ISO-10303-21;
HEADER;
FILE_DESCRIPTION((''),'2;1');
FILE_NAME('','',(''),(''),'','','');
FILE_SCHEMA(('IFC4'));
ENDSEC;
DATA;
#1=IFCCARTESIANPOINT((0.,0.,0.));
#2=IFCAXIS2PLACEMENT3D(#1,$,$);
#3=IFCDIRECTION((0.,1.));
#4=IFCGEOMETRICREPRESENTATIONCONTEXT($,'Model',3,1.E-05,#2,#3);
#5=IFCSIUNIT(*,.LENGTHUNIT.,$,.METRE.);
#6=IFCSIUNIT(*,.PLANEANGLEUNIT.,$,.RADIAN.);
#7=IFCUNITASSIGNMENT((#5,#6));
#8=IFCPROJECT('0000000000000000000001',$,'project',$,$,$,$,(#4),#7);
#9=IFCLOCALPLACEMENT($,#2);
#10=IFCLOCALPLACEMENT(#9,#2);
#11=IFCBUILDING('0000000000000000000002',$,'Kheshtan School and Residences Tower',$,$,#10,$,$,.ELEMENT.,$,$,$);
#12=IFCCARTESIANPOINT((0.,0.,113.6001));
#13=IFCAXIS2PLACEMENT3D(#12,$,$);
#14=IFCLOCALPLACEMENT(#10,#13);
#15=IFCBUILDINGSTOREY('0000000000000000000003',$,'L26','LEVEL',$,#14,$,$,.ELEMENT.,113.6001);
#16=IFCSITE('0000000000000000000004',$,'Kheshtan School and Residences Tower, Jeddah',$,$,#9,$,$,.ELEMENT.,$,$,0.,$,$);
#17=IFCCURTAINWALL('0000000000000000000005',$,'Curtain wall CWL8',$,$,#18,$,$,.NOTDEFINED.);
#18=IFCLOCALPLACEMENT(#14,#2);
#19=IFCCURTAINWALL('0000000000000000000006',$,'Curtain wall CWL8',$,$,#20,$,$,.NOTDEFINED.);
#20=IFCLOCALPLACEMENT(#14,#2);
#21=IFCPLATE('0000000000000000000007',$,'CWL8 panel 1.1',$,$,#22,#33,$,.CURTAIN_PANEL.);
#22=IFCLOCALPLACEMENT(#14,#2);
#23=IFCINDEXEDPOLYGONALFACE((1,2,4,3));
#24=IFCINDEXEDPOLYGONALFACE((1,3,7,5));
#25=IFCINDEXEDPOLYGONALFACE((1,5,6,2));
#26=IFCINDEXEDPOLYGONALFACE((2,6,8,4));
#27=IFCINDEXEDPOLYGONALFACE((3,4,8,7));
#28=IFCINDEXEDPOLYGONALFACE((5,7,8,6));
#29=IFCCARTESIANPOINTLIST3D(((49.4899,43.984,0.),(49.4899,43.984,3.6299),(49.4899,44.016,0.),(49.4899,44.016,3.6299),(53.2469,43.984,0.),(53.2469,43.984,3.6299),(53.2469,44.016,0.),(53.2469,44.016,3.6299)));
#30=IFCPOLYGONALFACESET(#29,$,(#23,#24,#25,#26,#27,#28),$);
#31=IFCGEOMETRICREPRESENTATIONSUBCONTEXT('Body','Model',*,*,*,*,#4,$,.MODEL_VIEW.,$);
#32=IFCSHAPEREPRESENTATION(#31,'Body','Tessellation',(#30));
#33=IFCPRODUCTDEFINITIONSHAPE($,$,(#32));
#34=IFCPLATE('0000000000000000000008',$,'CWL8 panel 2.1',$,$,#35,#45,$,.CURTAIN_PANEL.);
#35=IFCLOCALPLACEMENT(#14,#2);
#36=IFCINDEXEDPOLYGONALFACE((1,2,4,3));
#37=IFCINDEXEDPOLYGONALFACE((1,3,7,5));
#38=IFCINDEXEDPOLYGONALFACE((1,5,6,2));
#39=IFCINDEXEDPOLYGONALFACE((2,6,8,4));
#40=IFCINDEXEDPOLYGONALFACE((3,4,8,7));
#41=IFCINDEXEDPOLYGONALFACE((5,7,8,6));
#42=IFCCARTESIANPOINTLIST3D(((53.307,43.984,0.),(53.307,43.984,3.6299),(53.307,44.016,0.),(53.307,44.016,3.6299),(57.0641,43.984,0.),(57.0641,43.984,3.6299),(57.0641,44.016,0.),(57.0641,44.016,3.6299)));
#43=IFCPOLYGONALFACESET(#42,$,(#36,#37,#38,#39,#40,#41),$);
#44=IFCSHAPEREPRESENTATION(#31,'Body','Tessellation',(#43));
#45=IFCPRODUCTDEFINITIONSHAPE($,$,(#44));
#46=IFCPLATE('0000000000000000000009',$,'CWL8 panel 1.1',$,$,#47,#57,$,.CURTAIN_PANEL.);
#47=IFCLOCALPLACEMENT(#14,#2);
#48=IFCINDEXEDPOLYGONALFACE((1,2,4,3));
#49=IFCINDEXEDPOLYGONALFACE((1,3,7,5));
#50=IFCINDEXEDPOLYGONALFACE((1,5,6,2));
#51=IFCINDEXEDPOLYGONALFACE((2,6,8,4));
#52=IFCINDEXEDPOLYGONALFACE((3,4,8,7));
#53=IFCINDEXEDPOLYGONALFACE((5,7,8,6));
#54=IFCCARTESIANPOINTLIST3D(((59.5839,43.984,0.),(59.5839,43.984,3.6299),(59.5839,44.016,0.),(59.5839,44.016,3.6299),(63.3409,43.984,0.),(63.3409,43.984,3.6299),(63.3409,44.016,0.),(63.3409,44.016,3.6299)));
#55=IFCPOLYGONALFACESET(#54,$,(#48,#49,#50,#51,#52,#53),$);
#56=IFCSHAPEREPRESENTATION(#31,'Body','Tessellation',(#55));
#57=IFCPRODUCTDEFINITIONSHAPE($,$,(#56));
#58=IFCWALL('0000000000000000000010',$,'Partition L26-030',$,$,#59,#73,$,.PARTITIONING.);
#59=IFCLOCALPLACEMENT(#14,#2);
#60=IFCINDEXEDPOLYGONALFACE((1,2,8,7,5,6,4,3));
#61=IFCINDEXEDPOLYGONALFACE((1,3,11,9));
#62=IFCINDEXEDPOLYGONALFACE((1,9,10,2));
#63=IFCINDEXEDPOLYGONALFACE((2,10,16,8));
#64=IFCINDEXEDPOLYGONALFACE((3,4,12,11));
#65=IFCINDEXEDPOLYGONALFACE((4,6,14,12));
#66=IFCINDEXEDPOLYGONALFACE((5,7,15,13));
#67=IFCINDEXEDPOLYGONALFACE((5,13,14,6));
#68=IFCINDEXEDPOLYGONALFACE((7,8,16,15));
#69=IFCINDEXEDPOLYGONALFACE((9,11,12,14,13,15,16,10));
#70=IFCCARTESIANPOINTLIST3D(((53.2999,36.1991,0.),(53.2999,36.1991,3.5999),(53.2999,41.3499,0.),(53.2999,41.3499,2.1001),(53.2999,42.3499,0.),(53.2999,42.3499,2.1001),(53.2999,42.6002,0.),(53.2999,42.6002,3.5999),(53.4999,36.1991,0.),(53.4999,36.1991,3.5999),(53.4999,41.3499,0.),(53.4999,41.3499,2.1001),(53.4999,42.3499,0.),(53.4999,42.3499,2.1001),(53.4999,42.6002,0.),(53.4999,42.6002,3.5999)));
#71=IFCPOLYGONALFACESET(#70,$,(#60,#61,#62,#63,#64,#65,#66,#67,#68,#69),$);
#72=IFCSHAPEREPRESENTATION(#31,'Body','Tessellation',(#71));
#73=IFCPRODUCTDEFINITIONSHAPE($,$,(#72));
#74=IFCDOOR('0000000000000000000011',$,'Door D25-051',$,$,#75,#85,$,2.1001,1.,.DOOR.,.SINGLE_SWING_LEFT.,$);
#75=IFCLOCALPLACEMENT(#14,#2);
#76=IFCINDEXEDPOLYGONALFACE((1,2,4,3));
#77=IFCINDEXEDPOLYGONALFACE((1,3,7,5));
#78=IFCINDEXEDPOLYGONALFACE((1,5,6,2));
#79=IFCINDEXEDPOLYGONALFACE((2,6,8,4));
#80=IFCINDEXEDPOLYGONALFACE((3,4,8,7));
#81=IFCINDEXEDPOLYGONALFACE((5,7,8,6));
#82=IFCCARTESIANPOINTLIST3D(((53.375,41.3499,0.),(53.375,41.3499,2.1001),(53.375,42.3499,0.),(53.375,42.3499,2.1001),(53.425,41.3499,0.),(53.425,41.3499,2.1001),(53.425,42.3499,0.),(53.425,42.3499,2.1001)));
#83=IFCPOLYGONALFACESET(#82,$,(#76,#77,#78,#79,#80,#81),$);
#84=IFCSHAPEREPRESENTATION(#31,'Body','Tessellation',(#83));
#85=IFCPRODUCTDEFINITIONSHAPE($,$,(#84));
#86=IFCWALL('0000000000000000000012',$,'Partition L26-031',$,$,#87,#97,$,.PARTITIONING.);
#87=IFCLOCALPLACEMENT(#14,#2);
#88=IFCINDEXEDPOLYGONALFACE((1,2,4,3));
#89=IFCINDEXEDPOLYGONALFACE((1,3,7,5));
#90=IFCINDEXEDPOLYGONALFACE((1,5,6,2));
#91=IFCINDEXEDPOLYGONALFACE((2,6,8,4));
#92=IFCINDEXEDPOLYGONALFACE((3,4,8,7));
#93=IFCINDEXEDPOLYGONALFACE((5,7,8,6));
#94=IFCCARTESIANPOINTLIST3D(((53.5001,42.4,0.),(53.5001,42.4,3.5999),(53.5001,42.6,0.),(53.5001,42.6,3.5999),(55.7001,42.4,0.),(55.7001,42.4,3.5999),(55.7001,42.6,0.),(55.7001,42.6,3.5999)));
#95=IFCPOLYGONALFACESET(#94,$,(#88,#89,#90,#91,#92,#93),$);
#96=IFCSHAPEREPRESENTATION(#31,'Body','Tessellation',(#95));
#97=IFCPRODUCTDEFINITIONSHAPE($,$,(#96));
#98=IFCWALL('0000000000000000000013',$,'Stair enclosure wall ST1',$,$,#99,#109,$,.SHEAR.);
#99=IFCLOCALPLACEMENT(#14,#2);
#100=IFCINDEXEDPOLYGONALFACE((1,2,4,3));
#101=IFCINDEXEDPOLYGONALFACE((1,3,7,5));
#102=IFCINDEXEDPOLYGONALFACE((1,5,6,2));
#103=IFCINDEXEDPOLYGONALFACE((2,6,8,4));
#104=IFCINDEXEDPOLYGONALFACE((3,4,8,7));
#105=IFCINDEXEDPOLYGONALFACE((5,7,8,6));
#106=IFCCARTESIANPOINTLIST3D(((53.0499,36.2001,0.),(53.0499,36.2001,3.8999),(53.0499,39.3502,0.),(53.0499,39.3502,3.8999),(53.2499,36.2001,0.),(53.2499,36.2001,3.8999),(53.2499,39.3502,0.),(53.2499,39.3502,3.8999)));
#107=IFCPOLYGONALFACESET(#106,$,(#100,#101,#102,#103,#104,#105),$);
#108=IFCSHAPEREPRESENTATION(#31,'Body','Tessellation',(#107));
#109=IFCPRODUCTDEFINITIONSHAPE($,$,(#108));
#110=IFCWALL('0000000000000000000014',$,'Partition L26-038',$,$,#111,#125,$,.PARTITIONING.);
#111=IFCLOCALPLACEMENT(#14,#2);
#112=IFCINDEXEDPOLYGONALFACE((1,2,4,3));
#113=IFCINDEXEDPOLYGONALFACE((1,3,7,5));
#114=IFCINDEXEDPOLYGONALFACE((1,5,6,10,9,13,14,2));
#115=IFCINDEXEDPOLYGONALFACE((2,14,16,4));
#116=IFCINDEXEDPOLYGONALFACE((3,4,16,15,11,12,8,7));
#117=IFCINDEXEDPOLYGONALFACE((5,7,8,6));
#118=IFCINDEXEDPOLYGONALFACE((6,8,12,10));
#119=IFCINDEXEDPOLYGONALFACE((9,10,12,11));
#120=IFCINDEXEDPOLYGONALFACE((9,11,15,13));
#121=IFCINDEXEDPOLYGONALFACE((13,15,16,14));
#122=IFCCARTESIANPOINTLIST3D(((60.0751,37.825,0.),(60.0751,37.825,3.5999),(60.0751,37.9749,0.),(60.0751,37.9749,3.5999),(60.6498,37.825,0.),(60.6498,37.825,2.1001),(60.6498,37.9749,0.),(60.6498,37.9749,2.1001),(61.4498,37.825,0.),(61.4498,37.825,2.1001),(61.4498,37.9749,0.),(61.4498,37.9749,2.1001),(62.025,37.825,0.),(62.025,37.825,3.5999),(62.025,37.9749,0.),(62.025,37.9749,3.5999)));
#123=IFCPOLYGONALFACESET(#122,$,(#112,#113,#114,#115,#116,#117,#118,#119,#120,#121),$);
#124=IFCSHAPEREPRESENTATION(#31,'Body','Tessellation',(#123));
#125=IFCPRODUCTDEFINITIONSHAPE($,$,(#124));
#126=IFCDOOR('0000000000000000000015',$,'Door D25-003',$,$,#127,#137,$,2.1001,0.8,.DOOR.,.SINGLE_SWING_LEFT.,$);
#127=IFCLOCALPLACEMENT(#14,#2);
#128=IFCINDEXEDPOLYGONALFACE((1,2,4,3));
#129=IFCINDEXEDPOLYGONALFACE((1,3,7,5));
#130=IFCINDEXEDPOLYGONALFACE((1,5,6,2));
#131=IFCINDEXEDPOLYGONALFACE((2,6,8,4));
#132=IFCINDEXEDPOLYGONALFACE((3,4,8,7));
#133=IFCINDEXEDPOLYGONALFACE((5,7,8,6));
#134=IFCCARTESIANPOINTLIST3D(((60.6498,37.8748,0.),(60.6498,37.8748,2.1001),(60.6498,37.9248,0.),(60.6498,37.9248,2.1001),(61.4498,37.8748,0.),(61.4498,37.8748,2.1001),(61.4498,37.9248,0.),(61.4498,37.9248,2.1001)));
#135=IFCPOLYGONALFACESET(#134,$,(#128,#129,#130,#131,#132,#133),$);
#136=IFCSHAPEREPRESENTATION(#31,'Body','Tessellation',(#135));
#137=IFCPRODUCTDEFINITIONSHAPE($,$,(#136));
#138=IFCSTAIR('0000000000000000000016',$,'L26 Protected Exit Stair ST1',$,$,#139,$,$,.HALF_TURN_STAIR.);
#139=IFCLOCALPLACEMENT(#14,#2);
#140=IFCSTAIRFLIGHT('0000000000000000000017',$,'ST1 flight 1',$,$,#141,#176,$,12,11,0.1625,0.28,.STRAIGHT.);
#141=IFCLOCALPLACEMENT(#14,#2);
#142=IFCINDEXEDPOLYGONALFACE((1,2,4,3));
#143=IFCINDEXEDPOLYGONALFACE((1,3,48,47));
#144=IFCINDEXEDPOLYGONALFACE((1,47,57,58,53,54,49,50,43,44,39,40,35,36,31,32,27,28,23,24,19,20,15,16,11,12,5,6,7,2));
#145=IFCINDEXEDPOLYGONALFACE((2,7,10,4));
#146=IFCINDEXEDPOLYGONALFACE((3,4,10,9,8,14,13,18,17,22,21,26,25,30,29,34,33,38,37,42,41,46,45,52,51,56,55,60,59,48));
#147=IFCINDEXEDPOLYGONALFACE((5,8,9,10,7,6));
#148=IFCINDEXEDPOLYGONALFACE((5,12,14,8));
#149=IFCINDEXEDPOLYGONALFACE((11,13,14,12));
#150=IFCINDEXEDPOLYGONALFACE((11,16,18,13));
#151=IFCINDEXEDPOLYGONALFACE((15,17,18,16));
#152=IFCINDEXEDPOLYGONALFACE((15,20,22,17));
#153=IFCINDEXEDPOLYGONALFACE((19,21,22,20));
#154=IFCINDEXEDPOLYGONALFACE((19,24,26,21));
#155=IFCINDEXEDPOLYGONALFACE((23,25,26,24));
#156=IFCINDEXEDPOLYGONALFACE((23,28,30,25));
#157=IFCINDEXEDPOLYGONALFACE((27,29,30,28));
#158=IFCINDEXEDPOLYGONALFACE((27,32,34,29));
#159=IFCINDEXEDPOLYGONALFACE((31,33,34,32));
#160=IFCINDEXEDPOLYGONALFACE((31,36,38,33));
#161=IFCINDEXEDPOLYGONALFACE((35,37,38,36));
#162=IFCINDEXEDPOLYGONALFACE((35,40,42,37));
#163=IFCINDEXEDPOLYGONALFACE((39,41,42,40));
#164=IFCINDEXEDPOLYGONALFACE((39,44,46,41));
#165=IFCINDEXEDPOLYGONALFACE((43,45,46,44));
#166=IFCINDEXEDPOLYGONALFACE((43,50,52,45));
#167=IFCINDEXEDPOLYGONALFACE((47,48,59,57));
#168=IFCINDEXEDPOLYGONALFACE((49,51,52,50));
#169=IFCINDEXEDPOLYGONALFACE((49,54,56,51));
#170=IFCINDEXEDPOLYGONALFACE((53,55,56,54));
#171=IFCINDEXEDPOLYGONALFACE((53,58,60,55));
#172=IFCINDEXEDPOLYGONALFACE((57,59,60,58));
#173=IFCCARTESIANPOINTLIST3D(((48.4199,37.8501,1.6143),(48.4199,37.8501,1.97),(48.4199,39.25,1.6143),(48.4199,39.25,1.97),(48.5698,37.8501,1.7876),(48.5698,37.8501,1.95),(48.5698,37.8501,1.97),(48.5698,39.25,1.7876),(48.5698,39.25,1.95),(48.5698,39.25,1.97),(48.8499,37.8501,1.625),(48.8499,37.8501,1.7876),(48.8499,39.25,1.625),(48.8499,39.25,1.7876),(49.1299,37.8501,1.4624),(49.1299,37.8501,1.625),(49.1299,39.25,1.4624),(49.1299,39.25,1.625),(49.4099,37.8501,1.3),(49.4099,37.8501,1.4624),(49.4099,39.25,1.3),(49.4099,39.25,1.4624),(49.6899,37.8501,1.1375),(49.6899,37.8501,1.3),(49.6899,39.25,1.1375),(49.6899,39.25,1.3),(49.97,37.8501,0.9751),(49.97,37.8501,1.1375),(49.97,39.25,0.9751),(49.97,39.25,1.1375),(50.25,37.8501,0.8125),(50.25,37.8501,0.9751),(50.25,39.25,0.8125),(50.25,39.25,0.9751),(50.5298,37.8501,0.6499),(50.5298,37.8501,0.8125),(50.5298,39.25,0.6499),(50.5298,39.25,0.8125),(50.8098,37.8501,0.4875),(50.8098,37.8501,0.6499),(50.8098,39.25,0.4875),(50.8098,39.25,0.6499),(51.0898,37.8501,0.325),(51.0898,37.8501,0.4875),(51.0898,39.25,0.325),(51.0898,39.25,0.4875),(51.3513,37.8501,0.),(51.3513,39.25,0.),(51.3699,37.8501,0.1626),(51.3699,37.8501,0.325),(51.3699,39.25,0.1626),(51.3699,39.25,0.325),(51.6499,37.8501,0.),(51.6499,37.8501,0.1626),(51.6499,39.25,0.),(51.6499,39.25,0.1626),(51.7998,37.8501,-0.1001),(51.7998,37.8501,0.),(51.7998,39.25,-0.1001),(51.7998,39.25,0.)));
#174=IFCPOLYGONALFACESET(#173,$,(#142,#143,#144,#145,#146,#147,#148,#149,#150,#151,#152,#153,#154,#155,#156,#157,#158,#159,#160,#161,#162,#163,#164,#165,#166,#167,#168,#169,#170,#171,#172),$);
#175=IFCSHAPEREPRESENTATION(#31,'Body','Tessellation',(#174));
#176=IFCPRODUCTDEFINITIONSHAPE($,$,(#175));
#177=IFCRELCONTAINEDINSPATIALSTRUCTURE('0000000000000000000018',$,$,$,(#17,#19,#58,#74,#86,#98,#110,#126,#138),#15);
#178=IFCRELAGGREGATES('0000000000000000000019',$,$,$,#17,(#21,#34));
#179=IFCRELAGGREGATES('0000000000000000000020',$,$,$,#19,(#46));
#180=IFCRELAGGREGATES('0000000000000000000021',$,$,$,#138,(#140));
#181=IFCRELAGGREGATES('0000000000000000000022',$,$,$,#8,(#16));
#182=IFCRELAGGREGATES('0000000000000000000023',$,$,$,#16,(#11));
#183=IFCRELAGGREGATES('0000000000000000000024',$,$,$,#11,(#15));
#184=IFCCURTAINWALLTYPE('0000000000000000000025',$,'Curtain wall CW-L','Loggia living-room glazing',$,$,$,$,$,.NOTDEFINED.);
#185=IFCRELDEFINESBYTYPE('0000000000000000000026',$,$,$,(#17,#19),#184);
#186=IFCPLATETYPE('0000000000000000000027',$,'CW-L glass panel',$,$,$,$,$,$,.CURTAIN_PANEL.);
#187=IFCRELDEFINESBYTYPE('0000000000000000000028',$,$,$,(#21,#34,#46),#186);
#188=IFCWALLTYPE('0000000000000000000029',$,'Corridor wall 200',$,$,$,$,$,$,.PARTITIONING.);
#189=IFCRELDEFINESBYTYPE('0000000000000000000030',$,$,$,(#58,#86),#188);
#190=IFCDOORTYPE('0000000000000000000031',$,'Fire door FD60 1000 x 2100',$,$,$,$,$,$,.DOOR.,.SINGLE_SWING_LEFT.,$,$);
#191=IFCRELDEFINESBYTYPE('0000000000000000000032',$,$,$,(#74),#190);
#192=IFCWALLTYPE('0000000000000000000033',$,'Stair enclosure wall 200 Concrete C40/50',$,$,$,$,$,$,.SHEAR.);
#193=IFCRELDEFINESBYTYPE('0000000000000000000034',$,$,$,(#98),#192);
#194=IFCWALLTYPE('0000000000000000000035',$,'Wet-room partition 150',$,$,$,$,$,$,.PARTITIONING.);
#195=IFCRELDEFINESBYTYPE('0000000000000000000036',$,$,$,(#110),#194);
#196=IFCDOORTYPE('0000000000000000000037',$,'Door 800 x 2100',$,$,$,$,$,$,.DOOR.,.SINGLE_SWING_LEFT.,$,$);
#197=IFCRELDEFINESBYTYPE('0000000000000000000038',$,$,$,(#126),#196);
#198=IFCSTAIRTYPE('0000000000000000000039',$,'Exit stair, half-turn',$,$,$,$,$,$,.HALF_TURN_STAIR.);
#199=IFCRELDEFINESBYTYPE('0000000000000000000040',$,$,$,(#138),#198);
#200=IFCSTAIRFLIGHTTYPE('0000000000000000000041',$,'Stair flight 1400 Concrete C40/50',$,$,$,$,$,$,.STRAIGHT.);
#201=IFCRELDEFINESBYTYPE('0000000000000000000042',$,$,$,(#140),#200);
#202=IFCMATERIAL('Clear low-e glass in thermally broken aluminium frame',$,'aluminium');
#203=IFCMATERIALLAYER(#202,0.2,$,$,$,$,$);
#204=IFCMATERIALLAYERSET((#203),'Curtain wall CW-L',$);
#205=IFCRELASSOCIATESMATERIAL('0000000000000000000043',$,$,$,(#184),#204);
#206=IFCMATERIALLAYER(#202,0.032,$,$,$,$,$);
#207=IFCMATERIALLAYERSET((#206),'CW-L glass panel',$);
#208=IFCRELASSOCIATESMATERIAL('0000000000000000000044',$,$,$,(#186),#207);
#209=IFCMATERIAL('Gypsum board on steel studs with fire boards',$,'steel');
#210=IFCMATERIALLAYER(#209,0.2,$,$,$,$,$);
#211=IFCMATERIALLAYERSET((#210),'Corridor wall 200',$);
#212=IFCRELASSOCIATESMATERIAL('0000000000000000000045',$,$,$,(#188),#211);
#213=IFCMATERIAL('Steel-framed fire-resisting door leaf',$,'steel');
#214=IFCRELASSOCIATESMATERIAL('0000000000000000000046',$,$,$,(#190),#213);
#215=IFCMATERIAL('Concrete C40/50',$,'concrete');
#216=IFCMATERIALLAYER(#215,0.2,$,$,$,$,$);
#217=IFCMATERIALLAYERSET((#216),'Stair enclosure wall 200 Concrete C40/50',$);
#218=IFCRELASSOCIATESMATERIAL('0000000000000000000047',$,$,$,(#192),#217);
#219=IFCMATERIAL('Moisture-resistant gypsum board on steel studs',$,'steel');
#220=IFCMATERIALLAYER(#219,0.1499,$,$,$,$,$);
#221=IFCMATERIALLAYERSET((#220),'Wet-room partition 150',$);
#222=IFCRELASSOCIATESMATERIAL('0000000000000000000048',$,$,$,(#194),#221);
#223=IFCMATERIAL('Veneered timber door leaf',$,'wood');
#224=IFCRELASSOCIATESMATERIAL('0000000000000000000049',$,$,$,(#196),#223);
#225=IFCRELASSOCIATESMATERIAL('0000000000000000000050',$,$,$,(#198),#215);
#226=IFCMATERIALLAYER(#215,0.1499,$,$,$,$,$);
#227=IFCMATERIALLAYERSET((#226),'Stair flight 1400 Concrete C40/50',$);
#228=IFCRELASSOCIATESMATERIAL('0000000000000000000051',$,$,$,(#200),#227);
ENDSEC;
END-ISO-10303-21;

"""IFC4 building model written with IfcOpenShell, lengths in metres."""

from ifc_helpers import new_model, si_unit, direction, frame, frame_2d, origin, origin_2d, place, context, subcontext, project, spatial, polyline, rectangle, outline, extrude, source, transform, mapped, material, layer, layer_set, type_object, element, fill, aggregate, save


model = new_model("IFC4")

# Units and contexts
model_context = context("Model", 3, precision=1e-05, world=origin(), true_north=direction((0.0, 1.0)))
body_context = subcontext(model_context, "Body", "Model", "MODEL_VIEW")
ifc_project = project(units=[si_unit("LENGTHUNIT", "METRE"), si_unit("PLANEANGLEUNIT", "RADIAN")], contexts=[model_context])

# Site, building, storey
site_placement = place(None, origin())
site = spatial("IfcSite", under=ifc_project, at=site_placement, Name="Kheshtan School and Residences Tower, Jeddah", CompositionType="ELEMENT", RefElevation=0.0)
building_placement = place(site_placement, origin())
building = spatial("IfcBuilding", under=site, at=building_placement, Name="Kheshtan School and Residences Tower", CompositionType="ELEMENT")
storey_placement = place(building_placement, frame((0.0, 0.0, 113.6001)))
storey = spatial("IfcBuildingStorey", under=building, at=storey_placement, Name="L26", Description="LEVEL", CompositionType="ELEMENT", Elevation=113.6001)

# Curtain walls
ifc_material_1 = material(Name="Clear low-e glass in thermally broken aluminium frame", Category="aluminium")
ifc_layer_1 = layer(ifc_material_1, 0.2)
ifc_layer_set_1 = layer_set([ifc_layer_1], Name="Curtain wall CW-L")
curtain_wall_type = type_object("IfcCurtainWallType", Name="Curtain wall CW-L", Description="Loggia living-room glazing", PredefinedType="NOTDEFINED", material=ifc_layer_set_1)
curtain_wall_1_placement = place(storey_placement, origin())
curtain_wall_1 = element("IfcCurtainWall", 1, at=curtain_wall_1_placement, inside=storey, type_object=curtain_wall_type, Name="Curtain wall CWL8", PredefinedType="NOTDEFINED")
curtain_wall_2_placement = place(storey_placement, origin())
curtain_wall_2 = element("IfcCurtainWall", 2, at=curtain_wall_2_placement, inside=storey, type_object=curtain_wall_type, Name="Curtain wall CWL8", PredefinedType="NOTDEFINED")

# Plates
ifc_layer_2 = layer(ifc_material_1, 0.032)
ifc_layer_set_2 = layer_set([ifc_layer_2], Name="CW-L glass panel")
plate_type = type_object("IfcPlateType", Name="CW-L glass panel", PredefinedType="CURTAIN_PANEL", material=ifc_layer_set_2)
plate_1_placement = place(storey_placement, frame((51.3684, 44.0, 0.0), z_axis=(0.0, 0.0, 1.0), x_axis=(1.0, 0.0, 0.0)))
plate_1 = element("IfcPlate", 3, at=plate_1_placement, type_object=plate_type, Name="CWL8 panel 1.1", PredefinedType="CURTAIN_PANEL", context=body_context, shape_type="SweptSolid", body=[
    extrude(rectangle(XDim=3.7571, YDim=0.032, at=origin_2d()), origin(), (0.0, 0.0, 1.0), 3.6299),
])
plate_2_placement = place(storey_placement, frame((55.1855, 44.0, 0.0), z_axis=(0.0, 0.0, 1.0), x_axis=(1.0, 0.0, 0.0)))
plate_2 = element("IfcPlate", 4, at=plate_2_placement, type_object=plate_type, Name="CWL8 panel 2.1", PredefinedType="CURTAIN_PANEL", context=body_context, shape_type="SweptSolid", body=[
    extrude(rectangle(XDim=3.7571, YDim=0.032, at=origin_2d()), origin(), (0.0, 0.0, 1.0), 3.6299),
])
aggregate(curtain_wall_1, [plate_1, plate_2])
plate_3_placement = place(storey_placement, frame((61.4624, 44.0, 0.0), z_axis=(0.0, 0.0, 1.0), x_axis=(1.0, 0.0, 0.0)))
plate_3 = element("IfcPlate", 5, at=plate_3_placement, type_object=plate_type, Name="CWL8 panel 1.1", PredefinedType="CURTAIN_PANEL", context=body_context, shape_type="SweptSolid", body=[
    extrude(rectangle(XDim=3.7571, YDim=0.032, at=origin_2d()), origin(), (0.0, 0.0, 1.0), 3.6299),
])
aggregate(curtain_wall_2, [plate_3])

# Wall, opening, door
ifc_material_2 = material(Name="Gypsum board on steel studs with fire boards", Category="steel")
ifc_layer_3 = layer(ifc_material_2, 0.2)
ifc_layer_set_3 = layer_set([ifc_layer_3], Name="Corridor wall 200")
wall_type_1 = type_object("IfcWallType", Name="Corridor wall 200", PredefinedType="PARTITIONING", material=ifc_layer_set_3)
wall_1_placement = place(storey_placement, frame((53.3999, 36.199, 0.0), z_axis=(0.0, 0.0, 1.0), x_axis=(0.0, 1.0, 0.0)))
wall_1 = element("IfcWall", 6, at=wall_1_placement, inside=storey, type_object=wall_type_1, Name="Partition L26-030", PredefinedType="PARTITIONING", context=body_context, shape_type="SweptSolid", body=[
    extrude(rectangle(XDim=6.4011, YDim=0.2, at=frame_2d((3.2007, 0.0))), origin(), (0.0, 0.0, 1.0), 3.5999),
])
opening_1_placement = place(wall_1_placement, frame((5.1509, 0.0, 0.0)))
opening_1 = element("IfcOpeningElement", 7, at=opening_1_placement, cuts=wall_1, PredefinedType="OPENING", context=body_context, shape_type="SweptSolid", body=[
    extrude(rectangle(XDim=1.0, YDim=2.1001, at=frame_2d((0.5, 1.05))), frame((0.0, 0.1099, 0.0), z_axis=(0.0, -1.0, 0.0), x_axis=(1.0, 0.0, 0.0)), (0.0, 0.0, 1.0), 0.22),
])
ifc_material_3 = material(Name="Steel-framed fire-resisting door leaf", Category="steel")
door_type_1 = type_object("IfcDoorType", Name="Fire door FD60 1000 x 2100", OperationType="SINGLE_SWING_LEFT", PredefinedType="DOOR", material=ifc_material_3)
shared_shape_1 = source(origin(), body_context, "Body", "SweptSolid", [
    extrude(rectangle(XDim=1.0, YDim=2.1001, at=frame_2d((0.5, 1.05))), frame((0.0, 0.0249, 0.0), z_axis=(0.0, -1.0, 0.0), x_axis=(1.0, 0.0, 0.0)), (0.0, 0.0, 1.0), 0.05),
])
door_1_placement = place(opening_1_placement, origin())
door_1 = element("IfcDoor", 8, at=door_1_placement, inside=storey, type_object=door_type_1, Name="Door D25-051", OperationType="SINGLE_SWING_LEFT", OverallHeight=2.1001, OverallWidth=1.0, PredefinedType="DOOR", context=body_context, shape_type="MappedRepresentation", body=[
    mapped(shared_shape_1, transform((0.0, 0.0, 0.0), x_axis=(1.0, 0.0, 0.0), y_axis=(0.0, 1.0, 0.0), z_axis=(0.0, 0.0, 1.0), scale=1.0)),
])
fill(opening_1, door_1)

# Wall
wall_2_placement = place(storey_placement, frame((53.5, 42.5, 0.0), z_axis=(0.0, 0.0, 1.0), x_axis=(1.0, 0.0, 0.0)))
element("IfcWall", 9, at=wall_2_placement, inside=storey, type_object=wall_type_1, Name="Partition L26-031", PredefinedType="PARTITIONING", context=body_context, shape_type="SweptSolid", body=[
    extrude(rectangle(XDim=2.2, YDim=0.2, at=frame_2d((1.1001, 0.0))), origin(), (0.0, 0.0, 1.0), 3.5999),
])

# Wall
ifc_material_4 = material(Name="Concrete C40/50", Category="concrete")
ifc_layer_4 = layer(ifc_material_4, 0.2)
ifc_layer_set_4 = layer_set([ifc_layer_4], Name="Stair enclosure wall 200 Concrete C40/50")
wall_type_2 = type_object("IfcWallType", Name="Stair enclosure wall 200 Concrete C40/50", PredefinedType="SHEAR", material=ifc_layer_set_4)
wall_3_placement = place(storey_placement, frame((53.1499, 36.2, 0.0), z_axis=(0.0, 0.0, 1.0), x_axis=(0.0, 1.0, 0.0)))
element("IfcWall", 10, at=wall_3_placement, inside=storey, type_object=wall_type_2, Name="Stair enclosure wall ST1", PredefinedType="SHEAR", context=body_context, shape_type="SweptSolid", body=[
    extrude(rectangle(XDim=3.1501, YDim=0.2, at=frame_2d((1.5752, 0.0))), origin(), (0.0, 0.0, 1.0), 3.8999),
])

# Wall, opening, door
ifc_material_5 = material(Name="Moisture-resistant gypsum board on steel studs", Category="steel")
ifc_layer_5 = layer(ifc_material_5, 0.1499)
ifc_layer_set_5 = layer_set([ifc_layer_5], Name="Wet-room partition 150")
wall_type_3 = type_object("IfcWallType", Name="Wet-room partition 150", PredefinedType="PARTITIONING", material=ifc_layer_set_5)
wall_4_placement = place(storey_placement, frame((60.075, 37.8999, 0.0), z_axis=(0.0, 0.0, 1.0), x_axis=(1.0, 0.0, 0.0)))
wall_4 = element("IfcWall", 11, at=wall_4_placement, inside=storey, type_object=wall_type_3, Name="Partition L26-038", PredefinedType="PARTITIONING", context=body_context, shape_type="SweptSolid", body=[
    extrude(rectangle(XDim=1.95, YDim=0.1499, at=frame_2d((0.9751, 0.0))), origin(), (0.0, 0.0, 1.0), 3.5999),
])
opening_2_placement = place(wall_4_placement, frame((0.575, 0.0, 0.0)))
opening_2 = element("IfcOpeningElement", 12, at=opening_2_placement, cuts=wall_4, PredefinedType="OPENING", context=body_context, shape_type="SweptSolid", body=[
    extrude(rectangle(XDim=0.8, YDim=2.1001, at=frame_2d((0.3999, 1.05))), frame((0.0, 0.085, 0.0), z_axis=(0.0, -1.0, 0.0), x_axis=(1.0, 0.0, 0.0)), (0.0, 0.0, 1.0), 0.1699),
])
ifc_material_6 = material(Name="Veneered timber door leaf", Category="wood")
door_type_2 = type_object("IfcDoorType", Name="Door 800 x 2100", OperationType="SINGLE_SWING_LEFT", PredefinedType="DOOR", material=ifc_material_6)
shared_shape_2 = source(origin(), body_context, "Body", "SweptSolid", [
    extrude(rectangle(XDim=0.8, YDim=2.1001, at=frame_2d((0.3999, 1.05))), frame((0.0, 0.0249, 0.0), z_axis=(0.0, -1.0, 0.0), x_axis=(1.0, 0.0, 0.0)), (0.0, 0.0, 1.0), 0.05),
])
door_2_placement = place(opening_2_placement, origin())
door_2 = element("IfcDoor", 13, at=door_2_placement, inside=storey, type_object=door_type_2, Name="Door D25-003", OperationType="SINGLE_SWING_LEFT", OverallHeight=2.1001, OverallWidth=0.8, PredefinedType="DOOR", context=body_context, shape_type="MappedRepresentation", body=[
    mapped(shared_shape_2, transform((0.0, 0.0, 0.0), x_axis=(1.0, 0.0, 0.0), y_axis=(0.0, 1.0, 0.0), z_axis=(0.0, 0.0, 1.0), scale=1.0)),
])
fill(opening_2, door_2)

# Stair, stair flight
stair_type = type_object("IfcStairType", Name="Exit stair, half-turn", PredefinedType="HALF_TURN_STAIR", material=ifc_material_4)
stair_placement = place(storey_placement, origin())
stair = element("IfcStair", 14, at=stair_placement, inside=storey, type_object=stair_type, Name="L26 Protected Exit Stair ST1", PredefinedType="HALF_TURN_STAIR")
ifc_layer_6 = layer(ifc_material_4, 0.1499)
ifc_layer_set_6 = layer_set([ifc_layer_6], Name="Stair flight 1400 Concrete C40/50")
stair_flight_type = type_object("IfcStairFlightType", Name="Stair flight 1400 Concrete C40/50", PredefinedType="STRAIGHT", material=ifc_layer_set_6)
stair_flight_placement = place(storey_placement, frame((51.6499, 38.55, 0.0), z_axis=(0.0, 0.0, 1.0), x_axis=(-1.0, 0.0, 0.0)))
stair_flight = element("IfcStairFlight", 15, at=stair_flight_placement, type_object=stair_flight_type, Name="ST1 flight 1", NumberOfRisers=12, NumberOfTreads=11, PredefinedType="STRAIGHT", RiserHeight=0.1625, TreadLength=0.28, context=body_context, shape_type="SweptSolid", body=[
    extrude(outline(polyline([(-0.1499, -0.1001), (-0.1499, 0.0), (0.0, 0.0), (0.0, 0.1626), (0.28, 0.1626), (0.28, 0.325), (0.5601, 0.325), (0.5601, 0.4875), (0.8401, 0.4875), (0.8401, 0.6499), (1.1201, 0.6499), (1.1201, 0.8125), (1.3999, 0.8125), (1.3999, 0.9751), (1.6799, 0.9751), (1.6799, 1.1375), (1.96, 1.1375), (1.96, 1.3), (2.24, 1.3), (2.24, 1.4624), (2.52, 1.4624), (2.52, 1.625), (2.8, 1.625), (2.8, 1.7876), (3.0801, 1.7876), (3.0801, 1.95), (3.0801, 1.97), (3.23, 1.97), (3.23, 1.6143), (0.2986, 0.0), (-0.1499, -0.1001)])), frame((0.0, 0.7, 0.0), z_axis=(0.0, -1.0, 0.0), x_axis=(1.0, 0.0, 0.0)), (0.0, 0.0, 1.0), 1.3999),
])
aggregate(stair, [stair_flight])

save(model, "model.ifc")
